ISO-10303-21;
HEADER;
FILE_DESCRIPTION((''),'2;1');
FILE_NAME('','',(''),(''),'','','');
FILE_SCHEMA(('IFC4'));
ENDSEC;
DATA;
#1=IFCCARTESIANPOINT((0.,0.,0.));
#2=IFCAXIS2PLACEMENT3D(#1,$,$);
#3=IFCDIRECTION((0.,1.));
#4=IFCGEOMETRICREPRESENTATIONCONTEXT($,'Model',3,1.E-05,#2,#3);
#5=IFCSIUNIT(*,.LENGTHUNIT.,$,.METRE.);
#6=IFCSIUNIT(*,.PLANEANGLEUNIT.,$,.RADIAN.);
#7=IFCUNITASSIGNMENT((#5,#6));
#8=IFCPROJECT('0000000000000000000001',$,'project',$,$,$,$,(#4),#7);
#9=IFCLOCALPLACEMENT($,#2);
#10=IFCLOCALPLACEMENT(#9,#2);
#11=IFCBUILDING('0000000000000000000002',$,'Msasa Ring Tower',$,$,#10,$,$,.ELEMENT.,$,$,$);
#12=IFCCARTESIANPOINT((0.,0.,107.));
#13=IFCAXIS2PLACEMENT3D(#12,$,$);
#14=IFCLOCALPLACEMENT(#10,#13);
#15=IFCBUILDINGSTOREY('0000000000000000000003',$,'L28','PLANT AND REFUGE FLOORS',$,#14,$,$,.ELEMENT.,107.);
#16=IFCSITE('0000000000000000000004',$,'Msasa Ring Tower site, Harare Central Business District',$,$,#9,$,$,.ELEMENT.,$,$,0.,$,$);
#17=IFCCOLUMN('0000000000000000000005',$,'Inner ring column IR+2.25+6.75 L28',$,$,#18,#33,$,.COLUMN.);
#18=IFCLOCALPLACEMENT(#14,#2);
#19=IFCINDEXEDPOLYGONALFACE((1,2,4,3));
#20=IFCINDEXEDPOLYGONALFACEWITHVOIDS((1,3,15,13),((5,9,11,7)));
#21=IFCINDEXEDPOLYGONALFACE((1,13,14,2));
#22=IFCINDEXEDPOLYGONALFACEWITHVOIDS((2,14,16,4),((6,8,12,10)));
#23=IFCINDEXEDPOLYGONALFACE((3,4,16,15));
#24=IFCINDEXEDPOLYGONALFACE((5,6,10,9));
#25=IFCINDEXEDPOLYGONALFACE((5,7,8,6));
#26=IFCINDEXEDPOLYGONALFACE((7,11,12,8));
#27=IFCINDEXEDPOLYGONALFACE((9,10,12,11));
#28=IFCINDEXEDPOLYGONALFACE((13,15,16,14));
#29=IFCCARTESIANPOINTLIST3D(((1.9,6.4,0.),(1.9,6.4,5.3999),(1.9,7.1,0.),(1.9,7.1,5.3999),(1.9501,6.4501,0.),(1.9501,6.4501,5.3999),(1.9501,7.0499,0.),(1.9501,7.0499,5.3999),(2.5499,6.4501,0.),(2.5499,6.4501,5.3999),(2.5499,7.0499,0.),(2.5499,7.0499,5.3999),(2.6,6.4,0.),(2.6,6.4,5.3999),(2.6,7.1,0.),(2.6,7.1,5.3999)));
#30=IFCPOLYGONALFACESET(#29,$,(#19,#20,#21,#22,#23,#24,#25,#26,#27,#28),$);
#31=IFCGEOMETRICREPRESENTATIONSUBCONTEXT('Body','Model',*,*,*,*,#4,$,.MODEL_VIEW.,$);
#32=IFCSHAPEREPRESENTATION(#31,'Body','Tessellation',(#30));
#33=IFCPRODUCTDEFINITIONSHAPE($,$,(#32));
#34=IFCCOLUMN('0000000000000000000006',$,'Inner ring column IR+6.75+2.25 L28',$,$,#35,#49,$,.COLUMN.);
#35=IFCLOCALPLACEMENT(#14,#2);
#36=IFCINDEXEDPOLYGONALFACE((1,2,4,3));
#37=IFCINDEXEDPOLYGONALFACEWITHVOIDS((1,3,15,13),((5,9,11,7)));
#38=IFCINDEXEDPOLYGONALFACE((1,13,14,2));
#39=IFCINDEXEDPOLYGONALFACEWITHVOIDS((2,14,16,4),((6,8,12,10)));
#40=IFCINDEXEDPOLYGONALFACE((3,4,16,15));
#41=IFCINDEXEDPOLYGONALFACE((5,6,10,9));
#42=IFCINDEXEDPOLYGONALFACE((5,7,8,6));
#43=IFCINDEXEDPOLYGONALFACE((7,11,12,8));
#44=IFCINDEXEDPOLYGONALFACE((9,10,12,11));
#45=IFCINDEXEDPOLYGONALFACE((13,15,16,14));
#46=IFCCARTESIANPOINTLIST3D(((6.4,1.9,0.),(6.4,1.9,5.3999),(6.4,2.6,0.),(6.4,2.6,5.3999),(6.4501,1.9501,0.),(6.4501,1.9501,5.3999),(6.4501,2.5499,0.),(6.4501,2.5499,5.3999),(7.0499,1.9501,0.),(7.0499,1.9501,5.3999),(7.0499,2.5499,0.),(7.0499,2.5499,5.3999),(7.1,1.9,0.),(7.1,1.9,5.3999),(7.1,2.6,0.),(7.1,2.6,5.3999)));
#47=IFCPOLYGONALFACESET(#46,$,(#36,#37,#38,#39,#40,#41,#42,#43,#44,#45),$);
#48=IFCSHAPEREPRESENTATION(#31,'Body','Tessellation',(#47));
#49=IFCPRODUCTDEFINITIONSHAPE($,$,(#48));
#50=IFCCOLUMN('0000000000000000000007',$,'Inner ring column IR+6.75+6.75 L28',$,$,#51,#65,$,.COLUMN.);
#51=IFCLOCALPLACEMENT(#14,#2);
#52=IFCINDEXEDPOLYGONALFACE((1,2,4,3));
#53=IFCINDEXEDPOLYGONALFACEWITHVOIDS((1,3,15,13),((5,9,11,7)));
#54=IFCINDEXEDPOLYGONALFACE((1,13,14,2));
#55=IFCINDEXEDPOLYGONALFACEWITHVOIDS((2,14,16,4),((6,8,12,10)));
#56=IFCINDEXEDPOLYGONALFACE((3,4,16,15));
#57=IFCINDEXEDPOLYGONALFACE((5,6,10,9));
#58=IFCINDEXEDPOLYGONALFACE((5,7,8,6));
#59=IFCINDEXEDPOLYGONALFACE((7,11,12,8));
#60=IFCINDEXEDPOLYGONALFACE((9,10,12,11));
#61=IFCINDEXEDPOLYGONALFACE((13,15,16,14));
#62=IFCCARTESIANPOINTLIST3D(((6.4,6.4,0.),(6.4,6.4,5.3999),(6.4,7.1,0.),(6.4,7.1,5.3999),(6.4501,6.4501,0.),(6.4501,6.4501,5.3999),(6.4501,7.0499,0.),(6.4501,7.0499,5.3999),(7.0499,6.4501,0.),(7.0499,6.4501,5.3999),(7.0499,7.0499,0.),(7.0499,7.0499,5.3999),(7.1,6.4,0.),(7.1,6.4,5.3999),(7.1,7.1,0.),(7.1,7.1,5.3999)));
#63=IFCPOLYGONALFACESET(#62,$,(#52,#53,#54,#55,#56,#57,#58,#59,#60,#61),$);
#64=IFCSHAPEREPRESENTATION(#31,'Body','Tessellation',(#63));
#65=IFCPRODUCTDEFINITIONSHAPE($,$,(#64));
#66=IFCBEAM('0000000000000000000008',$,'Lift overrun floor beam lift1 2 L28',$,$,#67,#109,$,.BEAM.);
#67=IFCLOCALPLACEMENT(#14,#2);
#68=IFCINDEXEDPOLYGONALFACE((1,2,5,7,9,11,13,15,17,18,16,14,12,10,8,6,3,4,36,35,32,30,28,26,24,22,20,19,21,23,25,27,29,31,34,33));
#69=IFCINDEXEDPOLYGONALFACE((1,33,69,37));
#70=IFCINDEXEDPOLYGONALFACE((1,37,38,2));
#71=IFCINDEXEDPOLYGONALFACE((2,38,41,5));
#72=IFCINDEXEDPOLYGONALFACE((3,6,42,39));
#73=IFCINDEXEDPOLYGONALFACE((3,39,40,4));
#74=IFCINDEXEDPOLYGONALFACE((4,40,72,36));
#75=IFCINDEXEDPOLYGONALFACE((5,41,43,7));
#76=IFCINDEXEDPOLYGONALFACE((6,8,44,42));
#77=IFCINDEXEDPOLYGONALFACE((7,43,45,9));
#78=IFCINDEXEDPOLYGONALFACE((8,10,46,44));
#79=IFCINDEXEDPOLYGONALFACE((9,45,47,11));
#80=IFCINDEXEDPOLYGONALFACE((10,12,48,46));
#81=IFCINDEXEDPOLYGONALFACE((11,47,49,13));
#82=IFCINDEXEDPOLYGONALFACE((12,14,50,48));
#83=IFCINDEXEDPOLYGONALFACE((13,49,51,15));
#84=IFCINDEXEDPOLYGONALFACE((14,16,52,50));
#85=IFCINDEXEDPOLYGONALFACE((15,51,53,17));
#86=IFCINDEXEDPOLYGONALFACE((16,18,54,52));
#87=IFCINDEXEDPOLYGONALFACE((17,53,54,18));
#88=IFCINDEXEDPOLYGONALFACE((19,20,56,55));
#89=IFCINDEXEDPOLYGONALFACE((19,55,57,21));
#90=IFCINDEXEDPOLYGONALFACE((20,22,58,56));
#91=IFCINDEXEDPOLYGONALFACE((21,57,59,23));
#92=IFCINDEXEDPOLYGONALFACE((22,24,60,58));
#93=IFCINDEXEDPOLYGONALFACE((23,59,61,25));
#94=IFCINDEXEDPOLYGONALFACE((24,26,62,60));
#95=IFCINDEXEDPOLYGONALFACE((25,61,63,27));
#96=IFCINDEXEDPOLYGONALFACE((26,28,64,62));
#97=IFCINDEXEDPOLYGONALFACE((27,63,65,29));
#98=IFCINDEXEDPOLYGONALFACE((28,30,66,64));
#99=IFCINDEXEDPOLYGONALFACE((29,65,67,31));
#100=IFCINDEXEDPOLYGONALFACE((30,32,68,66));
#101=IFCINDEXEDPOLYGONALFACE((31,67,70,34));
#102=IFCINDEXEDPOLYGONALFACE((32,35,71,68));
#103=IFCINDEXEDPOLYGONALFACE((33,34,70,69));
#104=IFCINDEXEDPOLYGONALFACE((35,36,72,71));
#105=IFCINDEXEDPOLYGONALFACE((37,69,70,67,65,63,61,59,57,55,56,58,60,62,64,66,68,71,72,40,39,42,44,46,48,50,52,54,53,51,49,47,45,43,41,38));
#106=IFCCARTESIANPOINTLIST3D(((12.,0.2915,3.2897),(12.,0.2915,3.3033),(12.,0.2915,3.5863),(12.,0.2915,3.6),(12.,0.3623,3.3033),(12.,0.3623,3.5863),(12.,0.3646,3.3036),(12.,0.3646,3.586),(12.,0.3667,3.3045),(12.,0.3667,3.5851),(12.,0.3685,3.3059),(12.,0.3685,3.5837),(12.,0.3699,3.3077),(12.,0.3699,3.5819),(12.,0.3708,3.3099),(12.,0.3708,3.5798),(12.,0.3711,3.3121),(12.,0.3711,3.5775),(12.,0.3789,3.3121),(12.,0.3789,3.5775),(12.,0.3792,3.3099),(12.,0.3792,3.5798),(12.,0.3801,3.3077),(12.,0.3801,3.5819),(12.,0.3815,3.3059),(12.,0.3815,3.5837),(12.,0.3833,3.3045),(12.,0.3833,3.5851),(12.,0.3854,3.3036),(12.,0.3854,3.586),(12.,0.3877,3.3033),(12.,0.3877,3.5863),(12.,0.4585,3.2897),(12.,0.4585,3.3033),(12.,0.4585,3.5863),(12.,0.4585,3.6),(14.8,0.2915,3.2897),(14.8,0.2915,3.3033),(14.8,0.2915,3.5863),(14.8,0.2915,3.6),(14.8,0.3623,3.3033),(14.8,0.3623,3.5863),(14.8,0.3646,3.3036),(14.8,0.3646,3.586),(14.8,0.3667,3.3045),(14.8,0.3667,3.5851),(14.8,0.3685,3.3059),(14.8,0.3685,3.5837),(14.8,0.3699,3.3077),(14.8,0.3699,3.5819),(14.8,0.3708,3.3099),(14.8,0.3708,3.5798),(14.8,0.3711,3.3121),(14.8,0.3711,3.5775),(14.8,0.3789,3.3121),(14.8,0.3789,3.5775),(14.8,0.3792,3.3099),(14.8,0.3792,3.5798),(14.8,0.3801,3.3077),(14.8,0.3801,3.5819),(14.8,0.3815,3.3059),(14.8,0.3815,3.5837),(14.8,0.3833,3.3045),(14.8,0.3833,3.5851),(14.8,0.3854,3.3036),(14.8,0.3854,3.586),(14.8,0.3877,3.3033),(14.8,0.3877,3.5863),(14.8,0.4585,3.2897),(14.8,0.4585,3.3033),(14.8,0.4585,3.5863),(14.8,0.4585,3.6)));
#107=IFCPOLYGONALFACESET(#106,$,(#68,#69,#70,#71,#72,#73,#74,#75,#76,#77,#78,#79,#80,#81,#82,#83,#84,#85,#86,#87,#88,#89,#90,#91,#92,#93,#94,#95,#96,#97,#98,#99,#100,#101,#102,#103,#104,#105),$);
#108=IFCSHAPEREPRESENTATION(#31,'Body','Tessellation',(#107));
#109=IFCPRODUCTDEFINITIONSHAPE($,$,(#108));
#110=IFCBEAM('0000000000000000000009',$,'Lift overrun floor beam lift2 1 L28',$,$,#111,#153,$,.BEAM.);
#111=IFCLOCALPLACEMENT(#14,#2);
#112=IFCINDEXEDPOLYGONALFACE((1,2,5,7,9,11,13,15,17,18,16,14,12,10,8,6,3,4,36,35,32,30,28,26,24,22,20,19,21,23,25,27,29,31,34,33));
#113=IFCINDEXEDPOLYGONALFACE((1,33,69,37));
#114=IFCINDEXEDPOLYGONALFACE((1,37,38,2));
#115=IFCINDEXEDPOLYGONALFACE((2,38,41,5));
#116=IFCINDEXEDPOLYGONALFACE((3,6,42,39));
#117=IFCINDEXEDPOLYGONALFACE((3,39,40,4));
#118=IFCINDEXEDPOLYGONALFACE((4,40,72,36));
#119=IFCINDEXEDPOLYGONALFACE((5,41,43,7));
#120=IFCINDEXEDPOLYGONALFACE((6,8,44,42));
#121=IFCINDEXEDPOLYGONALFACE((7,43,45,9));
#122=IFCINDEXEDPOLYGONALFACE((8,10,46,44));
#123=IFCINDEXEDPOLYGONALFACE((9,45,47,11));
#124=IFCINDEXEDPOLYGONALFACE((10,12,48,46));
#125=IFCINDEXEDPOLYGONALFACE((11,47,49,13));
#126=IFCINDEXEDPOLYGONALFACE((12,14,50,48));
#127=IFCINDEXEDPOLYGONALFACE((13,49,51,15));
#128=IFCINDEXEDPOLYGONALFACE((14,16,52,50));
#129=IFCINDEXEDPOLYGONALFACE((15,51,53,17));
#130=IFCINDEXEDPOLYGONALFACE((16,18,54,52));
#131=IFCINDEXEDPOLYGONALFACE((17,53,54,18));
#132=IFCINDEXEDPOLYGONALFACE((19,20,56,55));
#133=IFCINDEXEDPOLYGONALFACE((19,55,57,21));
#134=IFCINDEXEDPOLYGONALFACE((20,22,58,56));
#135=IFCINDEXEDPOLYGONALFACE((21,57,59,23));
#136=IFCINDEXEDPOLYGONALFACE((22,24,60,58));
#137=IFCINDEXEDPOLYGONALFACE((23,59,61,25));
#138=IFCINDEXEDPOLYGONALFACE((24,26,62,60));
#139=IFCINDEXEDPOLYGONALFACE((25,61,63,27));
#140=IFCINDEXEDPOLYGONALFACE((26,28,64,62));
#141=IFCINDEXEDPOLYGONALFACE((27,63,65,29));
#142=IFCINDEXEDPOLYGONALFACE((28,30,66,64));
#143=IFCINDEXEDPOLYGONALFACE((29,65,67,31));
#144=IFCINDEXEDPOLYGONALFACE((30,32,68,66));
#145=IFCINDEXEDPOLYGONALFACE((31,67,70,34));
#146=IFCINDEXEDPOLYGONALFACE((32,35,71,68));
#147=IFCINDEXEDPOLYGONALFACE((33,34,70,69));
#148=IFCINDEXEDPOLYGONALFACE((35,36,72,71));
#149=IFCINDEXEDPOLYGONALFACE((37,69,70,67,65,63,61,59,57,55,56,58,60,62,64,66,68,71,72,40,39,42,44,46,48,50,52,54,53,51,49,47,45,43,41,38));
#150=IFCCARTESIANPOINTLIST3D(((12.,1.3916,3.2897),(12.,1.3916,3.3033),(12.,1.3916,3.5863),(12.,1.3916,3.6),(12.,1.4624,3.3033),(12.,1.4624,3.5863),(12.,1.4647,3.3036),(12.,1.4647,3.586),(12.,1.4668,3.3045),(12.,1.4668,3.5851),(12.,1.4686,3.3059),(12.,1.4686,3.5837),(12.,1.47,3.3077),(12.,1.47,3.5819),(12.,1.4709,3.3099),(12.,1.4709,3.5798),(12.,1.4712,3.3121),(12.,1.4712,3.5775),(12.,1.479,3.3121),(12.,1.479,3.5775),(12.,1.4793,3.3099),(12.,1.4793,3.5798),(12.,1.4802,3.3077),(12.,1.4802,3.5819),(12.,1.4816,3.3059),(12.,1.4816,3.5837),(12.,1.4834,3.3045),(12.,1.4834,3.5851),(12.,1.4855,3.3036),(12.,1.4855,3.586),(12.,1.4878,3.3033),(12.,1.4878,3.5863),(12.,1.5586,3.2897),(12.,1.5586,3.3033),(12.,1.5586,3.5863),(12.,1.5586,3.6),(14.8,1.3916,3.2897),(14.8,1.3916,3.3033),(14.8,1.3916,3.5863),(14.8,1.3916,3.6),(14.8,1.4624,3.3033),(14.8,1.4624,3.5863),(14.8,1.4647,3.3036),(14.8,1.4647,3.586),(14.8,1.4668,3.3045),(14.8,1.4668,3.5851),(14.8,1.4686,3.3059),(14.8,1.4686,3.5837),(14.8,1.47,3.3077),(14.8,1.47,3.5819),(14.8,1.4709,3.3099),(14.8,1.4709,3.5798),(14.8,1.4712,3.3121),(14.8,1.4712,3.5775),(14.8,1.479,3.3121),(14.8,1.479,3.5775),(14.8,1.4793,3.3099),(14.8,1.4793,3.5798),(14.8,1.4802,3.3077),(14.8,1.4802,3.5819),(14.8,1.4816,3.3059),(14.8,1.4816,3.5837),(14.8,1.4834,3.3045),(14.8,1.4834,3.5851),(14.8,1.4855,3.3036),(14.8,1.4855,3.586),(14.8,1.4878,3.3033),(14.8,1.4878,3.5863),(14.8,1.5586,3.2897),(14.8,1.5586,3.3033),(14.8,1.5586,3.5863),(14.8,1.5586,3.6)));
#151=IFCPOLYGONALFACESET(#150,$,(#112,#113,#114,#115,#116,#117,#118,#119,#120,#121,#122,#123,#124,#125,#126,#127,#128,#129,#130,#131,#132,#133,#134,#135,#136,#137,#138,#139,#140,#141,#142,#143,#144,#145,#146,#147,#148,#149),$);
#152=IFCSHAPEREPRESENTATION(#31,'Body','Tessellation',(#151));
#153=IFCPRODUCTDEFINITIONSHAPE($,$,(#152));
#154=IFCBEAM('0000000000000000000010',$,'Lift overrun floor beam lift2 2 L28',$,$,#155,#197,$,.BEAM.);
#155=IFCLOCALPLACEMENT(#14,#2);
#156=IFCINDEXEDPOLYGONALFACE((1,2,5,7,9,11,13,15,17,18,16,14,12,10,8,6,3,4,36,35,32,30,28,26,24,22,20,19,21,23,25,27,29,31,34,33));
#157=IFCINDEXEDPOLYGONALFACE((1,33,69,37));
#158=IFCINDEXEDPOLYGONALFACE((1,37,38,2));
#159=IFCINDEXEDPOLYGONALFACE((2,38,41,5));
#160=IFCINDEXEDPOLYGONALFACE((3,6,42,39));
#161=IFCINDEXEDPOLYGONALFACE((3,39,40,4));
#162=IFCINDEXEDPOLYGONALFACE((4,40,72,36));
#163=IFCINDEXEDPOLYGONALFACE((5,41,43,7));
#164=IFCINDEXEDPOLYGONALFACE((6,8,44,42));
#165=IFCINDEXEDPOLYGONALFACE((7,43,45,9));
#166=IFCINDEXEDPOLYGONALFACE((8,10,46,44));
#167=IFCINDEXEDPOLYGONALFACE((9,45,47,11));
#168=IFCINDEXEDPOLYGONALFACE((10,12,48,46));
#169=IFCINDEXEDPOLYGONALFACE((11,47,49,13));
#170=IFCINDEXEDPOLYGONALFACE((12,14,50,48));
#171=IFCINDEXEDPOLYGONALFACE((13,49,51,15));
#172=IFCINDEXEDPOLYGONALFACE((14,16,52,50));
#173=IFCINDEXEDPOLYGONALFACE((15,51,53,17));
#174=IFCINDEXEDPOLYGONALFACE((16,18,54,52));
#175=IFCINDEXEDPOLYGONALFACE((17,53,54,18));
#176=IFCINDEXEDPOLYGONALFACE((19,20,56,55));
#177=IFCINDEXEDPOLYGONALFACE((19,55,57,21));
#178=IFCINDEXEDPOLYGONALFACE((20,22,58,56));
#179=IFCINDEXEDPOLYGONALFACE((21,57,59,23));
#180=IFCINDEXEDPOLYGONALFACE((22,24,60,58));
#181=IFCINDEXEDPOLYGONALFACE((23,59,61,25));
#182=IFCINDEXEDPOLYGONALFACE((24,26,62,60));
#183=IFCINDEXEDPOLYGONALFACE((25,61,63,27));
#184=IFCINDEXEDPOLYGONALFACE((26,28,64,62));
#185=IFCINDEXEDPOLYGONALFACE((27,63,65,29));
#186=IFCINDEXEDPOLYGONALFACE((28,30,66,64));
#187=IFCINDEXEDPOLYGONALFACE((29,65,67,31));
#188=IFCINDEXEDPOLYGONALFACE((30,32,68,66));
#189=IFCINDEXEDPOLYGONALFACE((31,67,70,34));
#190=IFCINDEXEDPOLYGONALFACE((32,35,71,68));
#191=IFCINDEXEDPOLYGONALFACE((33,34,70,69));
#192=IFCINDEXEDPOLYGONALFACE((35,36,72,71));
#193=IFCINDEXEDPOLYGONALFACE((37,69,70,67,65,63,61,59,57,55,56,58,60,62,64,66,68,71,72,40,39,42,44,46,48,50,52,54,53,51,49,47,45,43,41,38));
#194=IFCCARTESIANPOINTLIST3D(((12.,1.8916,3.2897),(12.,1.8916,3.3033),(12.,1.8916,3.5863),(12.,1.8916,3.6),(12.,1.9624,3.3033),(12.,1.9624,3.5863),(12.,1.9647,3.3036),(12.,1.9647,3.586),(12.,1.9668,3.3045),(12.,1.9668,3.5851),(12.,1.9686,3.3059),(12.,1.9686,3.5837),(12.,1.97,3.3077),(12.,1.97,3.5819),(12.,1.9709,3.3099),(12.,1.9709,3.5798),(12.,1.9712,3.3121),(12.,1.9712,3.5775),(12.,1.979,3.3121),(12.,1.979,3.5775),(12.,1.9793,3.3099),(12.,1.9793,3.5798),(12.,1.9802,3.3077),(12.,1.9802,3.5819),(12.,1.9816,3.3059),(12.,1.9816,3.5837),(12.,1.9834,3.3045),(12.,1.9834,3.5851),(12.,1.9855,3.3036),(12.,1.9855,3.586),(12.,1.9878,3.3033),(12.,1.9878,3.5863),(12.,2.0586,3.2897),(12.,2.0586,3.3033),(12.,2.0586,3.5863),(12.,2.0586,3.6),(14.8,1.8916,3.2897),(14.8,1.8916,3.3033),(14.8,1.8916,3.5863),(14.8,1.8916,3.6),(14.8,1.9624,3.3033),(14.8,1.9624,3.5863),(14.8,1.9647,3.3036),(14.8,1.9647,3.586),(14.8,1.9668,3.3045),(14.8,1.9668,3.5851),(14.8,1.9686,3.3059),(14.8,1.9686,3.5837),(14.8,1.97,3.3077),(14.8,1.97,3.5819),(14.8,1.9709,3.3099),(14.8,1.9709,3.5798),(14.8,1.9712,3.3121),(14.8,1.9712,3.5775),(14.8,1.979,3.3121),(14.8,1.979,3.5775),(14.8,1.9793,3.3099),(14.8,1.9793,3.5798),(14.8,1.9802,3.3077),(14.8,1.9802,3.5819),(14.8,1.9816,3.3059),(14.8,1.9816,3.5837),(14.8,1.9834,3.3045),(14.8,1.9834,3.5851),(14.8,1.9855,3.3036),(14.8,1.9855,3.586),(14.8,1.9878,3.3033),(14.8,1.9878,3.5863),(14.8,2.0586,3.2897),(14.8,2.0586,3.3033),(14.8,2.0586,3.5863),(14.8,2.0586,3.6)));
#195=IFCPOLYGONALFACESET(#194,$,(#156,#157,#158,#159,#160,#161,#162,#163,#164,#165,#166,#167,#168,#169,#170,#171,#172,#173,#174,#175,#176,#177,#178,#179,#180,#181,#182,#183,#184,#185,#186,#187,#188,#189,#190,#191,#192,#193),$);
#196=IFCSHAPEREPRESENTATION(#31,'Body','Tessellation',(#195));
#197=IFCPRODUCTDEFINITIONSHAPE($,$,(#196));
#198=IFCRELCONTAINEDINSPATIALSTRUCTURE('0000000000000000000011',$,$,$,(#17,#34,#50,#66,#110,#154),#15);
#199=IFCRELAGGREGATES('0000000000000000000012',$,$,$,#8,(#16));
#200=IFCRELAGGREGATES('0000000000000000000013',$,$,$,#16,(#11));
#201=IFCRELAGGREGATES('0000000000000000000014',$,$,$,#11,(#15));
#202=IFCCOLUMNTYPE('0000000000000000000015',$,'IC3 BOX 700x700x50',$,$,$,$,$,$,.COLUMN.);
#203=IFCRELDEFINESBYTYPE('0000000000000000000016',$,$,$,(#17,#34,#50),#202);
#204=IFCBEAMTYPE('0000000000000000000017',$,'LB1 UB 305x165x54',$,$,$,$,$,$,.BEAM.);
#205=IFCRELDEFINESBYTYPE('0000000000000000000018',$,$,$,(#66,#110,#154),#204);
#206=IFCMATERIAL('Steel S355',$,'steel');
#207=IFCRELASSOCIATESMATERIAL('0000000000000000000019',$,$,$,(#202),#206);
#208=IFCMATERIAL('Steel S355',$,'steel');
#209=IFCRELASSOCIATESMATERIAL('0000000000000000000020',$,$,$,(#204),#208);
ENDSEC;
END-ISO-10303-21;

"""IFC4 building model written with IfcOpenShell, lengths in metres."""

from ifc_helpers import new_model, si_unit, direction, frame, origin, origin_2d, place, context, subcontext, project, spatial, hollow_rectangle, i_section, extrude, material, material_profile, profile_set, type_object, element, save


model = new_model("IFC4")

# Units and contexts
model_context = context("Model", 3, precision=1e-05, world=origin(), true_north=direction((0.0, 1.0)))
body_context = subcontext(model_context, "Body", "Model", "MODEL_VIEW")
ifc_project = project(units=[si_unit("LENGTHUNIT", "METRE"), si_unit("PLANEANGLEUNIT", "RADIAN")], contexts=[model_context])

# Site, building, storey
site_placement = place(None, origin())
site = spatial("IfcSite", under=ifc_project, at=site_placement, Name="Msasa Ring Tower site, Harare Central Business District", CompositionType="ELEMENT", RefElevation=0.0)
building_placement = place(site_placement, origin())
building = spatial("IfcBuilding", under=site, at=building_placement, Name="Msasa Ring Tower", CompositionType="ELEMENT")
storey_placement = place(building_placement, frame((0.0, 0.0, 107.0)))
storey = spatial("IfcBuildingStorey", under=building, at=storey_placement, Name="L28", Description="PLANT AND REFUGE FLOORS", CompositionType="ELEMENT", Elevation=107.0)

# Columns
ifc_material_1 = material(Name="Steel S355", Category="steel")
ifc_material_profile_1 = material_profile(ifc_material_1, hollow_rectangle(XDim=0.7, YDim=0.7, WallThickness=0.05, at=origin_2d()), Name="BOX 700x700x50")
ifc_profile_set_1 = profile_set([ifc_material_profile_1], Name="Steel S355")
column_type = type_object("IfcColumnType", Name="IC3 BOX 700x700x50", PredefinedType="COLUMN", material=ifc_profile_set_1)
for number, where, z_axis, x_axis, name in (
    (1, (2.25, 6.75, 0.0), (0.0, 0.0, 1.0), (1.0, 0.0, 0.0), "Inner ring column IR+2.25+6.75 L28"),
    (2, (6.75, 2.25, 0.0), (0.0, 0.0, 1.0), (1.0, 0.0, 0.0), "Inner ring column IR+6.75+2.25 L28"),
    (3, (6.75, 6.75, 0.0), (0.0, 0.0, 1.0), (1.0, 0.0, 0.0), "Inner ring column IR+6.75+6.75 L28"),
):
    element("IfcColumn", number, at=place(storey_placement, frame(where, z_axis=z_axis, x_axis=x_axis)), inside=storey, type_object=column_type, Name=name, PredefinedType="COLUMN", context=body_context, shape_type="SweptSolid", body=[
        extrude(hollow_rectangle(XDim=0.7, YDim=0.7, WallThickness=0.05, at=origin_2d()), origin(), (0.0, 0.0, 1.0), 5.3999),
    ])

# Beams
ifc_material_2 = material(Name="Steel S355", Category="steel")
ifc_material_profile_2 = material_profile(ifc_material_2, i_section(OverallWidth=0.167, OverallDepth=0.3103, WebThickness=0.0078, FlangeThickness=0.0137, FilletRadius=0.0088, at=origin_2d()), Name="UB 305x165x54")
ifc_profile_set_2 = profile_set([ifc_material_profile_2], Name="Steel S355")
beam_type_1 = type_object("IfcBeamType", Name="LB1 UB 305x165x54", PredefinedType="BEAM", material=ifc_profile_set_2)
for number, where, z_axis, x_axis, name in (
    (4, (12.0, 0.375, 3.4448), (1.0, 0.0, 0.0), (0.0, 1.0, 0.0), "Lift overrun floor beam lift1 2 L28"),
    (5, (12.0, 1.4751, 3.4448), (1.0, 0.0, 0.0), (0.0, 1.0, 0.0), "Lift overrun floor beam lift2 1 L28"),
    (6, (12.0, 1.9751, 3.4448), (1.0, 0.0, 0.0), (0.0, 1.0, 0.0), "Lift overrun floor beam lift2 2 L28"),
):
    element("IfcBeam", number, at=place(storey_placement, frame(where, z_axis=z_axis, x_axis=x_axis)), inside=storey, type_object=beam_type_1, Name=name, PredefinedType="BEAM", context=body_context, shape_type="SweptSolid", body=[
        extrude(i_section(OverallWidth=0.167, OverallDepth=0.3103, WebThickness=0.0078, FlangeThickness=0.0137, FilletRadius=0.0088, at=origin_2d()), origin(), (0.0, 0.0, 1.0), 2.8),
    ])

save(model, "model.ifc")
